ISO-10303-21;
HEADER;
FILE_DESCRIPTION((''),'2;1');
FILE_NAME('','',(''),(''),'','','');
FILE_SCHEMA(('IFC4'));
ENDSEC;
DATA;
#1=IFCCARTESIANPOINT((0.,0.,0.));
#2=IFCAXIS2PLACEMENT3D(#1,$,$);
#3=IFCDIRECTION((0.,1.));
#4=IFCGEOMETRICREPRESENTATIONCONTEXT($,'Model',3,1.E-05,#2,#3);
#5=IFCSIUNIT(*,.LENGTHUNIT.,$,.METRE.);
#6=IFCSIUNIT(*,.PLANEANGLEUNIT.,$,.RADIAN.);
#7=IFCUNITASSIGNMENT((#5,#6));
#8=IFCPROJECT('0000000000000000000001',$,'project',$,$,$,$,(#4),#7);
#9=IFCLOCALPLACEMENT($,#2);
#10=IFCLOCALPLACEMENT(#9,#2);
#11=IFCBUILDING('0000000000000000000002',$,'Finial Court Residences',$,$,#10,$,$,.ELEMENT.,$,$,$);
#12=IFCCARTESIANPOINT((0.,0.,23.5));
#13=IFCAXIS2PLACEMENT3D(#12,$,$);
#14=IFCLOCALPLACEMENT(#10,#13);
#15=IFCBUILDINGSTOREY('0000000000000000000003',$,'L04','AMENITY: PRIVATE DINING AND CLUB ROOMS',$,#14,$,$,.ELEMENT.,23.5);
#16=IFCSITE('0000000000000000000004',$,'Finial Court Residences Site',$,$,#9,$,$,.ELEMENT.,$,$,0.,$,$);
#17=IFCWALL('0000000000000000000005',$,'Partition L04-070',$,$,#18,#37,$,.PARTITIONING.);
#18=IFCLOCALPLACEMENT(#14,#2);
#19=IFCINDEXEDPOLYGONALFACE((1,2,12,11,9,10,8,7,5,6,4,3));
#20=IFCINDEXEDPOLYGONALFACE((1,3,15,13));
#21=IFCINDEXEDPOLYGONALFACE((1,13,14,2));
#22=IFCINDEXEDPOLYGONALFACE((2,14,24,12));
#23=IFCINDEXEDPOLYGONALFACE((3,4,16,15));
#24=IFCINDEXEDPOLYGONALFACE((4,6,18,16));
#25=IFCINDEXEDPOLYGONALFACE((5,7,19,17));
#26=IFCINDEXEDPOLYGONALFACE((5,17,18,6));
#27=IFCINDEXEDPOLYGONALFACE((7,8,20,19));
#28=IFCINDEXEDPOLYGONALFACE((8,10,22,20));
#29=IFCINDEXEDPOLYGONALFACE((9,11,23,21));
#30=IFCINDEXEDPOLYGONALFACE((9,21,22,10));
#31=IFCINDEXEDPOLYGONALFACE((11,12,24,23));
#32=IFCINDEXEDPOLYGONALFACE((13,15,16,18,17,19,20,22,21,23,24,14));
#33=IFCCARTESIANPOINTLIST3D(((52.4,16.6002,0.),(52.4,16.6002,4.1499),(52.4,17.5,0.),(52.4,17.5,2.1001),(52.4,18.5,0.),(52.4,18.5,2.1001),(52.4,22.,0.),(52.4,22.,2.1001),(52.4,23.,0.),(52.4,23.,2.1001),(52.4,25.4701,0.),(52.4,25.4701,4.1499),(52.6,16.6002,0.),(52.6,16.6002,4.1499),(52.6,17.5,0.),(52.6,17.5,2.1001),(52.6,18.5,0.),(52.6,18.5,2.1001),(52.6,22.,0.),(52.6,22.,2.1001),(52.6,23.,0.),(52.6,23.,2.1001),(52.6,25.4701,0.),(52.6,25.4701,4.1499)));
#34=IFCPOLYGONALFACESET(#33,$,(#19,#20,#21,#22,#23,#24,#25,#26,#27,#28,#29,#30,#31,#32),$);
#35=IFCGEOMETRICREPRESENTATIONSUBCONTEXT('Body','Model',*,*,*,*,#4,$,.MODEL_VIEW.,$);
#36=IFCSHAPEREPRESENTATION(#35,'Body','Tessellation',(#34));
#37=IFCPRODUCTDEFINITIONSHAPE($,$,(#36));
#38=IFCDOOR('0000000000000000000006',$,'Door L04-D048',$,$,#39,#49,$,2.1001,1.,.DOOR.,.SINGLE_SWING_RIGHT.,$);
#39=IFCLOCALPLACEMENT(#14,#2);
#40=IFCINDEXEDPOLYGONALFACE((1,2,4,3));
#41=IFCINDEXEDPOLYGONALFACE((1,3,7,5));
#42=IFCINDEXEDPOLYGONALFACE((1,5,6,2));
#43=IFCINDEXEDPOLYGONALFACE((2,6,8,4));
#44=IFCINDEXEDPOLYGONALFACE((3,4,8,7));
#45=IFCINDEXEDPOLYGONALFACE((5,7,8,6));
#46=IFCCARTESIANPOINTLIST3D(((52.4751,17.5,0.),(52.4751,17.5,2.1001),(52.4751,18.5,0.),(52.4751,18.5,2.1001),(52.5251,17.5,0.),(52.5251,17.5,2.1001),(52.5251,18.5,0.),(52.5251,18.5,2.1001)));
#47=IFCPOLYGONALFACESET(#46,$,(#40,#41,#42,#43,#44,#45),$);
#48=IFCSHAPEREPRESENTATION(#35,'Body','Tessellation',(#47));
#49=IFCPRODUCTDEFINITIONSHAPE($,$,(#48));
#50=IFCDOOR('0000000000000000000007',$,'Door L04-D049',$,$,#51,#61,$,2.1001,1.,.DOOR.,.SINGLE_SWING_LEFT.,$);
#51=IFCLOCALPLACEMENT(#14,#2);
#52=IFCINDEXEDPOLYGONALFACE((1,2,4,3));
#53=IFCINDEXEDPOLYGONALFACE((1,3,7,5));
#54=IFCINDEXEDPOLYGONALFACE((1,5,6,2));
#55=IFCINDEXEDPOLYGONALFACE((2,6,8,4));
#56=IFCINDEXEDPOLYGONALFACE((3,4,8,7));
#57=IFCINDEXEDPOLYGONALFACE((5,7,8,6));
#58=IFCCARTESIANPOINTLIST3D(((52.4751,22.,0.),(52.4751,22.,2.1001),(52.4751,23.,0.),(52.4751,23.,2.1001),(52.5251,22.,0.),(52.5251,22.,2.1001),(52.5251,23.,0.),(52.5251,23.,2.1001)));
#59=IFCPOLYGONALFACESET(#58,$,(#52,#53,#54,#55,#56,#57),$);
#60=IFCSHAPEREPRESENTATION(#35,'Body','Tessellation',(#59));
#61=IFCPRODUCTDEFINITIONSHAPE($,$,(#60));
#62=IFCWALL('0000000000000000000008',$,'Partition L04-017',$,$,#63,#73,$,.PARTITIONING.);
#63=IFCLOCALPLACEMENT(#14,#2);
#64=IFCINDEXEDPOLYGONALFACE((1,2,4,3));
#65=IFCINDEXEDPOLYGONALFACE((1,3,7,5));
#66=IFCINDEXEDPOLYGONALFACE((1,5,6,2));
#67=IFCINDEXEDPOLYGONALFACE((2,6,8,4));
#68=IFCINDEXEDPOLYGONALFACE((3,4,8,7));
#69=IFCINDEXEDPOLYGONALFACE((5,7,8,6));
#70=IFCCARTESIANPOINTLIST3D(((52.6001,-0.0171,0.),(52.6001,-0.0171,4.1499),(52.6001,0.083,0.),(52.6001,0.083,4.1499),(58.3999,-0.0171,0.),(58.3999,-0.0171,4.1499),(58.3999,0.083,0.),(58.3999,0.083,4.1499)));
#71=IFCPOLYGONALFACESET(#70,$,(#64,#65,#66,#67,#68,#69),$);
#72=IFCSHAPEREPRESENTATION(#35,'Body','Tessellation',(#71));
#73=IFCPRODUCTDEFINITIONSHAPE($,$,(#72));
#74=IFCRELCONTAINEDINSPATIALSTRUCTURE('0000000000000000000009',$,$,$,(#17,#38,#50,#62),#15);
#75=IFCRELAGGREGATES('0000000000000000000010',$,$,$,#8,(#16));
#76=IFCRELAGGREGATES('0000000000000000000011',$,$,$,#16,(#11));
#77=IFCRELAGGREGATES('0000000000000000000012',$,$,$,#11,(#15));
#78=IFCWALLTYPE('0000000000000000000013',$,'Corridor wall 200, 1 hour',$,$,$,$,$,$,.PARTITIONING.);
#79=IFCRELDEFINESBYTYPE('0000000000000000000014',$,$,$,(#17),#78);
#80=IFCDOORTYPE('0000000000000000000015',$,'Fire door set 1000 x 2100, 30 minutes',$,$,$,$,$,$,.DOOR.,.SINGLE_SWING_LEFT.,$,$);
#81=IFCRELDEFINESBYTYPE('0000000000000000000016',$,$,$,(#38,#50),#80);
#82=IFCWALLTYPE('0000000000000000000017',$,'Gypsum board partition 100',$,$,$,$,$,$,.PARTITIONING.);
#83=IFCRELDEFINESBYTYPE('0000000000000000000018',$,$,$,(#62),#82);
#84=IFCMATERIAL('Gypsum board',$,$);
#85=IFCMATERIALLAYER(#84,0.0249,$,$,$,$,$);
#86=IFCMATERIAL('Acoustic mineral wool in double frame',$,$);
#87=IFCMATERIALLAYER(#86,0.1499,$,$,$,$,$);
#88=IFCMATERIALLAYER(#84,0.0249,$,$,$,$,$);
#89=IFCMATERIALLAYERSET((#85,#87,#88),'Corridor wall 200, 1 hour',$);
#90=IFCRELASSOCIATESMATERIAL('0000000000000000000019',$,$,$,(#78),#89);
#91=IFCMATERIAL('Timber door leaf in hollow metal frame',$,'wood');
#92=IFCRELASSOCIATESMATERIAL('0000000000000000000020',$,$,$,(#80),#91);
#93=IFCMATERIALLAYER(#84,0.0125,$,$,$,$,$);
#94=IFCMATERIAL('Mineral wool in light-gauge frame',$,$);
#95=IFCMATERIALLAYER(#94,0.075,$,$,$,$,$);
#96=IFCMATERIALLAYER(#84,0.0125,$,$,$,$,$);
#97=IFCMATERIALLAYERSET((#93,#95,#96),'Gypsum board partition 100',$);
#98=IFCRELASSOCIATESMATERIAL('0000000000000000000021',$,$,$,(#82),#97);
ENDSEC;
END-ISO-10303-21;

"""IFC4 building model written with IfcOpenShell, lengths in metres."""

from ifc_helpers import new_model, si_unit, direction, frame, frame_2d, origin, place, context, subcontext, project, spatial, rectangle, extrude, material, layer, layer_set, type_object, element, fill, save


model = new_model("IFC4")

# Units and contexts
model_context = context("Model", 3, precision=1e-05, world=origin(), true_north=direction((0.0, 1.0)))
body_context = subcontext(model_context, "Body", "Model", "MODEL_VIEW")
ifc_project = project(units=[si_unit("LENGTHUNIT", "METRE"), si_unit("PLANEANGLEUNIT", "RADIAN")], contexts=[model_context])

# Site, building, storey
site_placement = place(None, origin())
site = spatial("IfcSite", under=ifc_project, at=site_placement, Name="Finial Court Residences Site", CompositionType="ELEMENT", RefElevation=0.0)
building_placement = place(site_placement, origin())
building = spatial("IfcBuilding", under=site, at=building_placement, Name="Finial Court Residences", CompositionType="ELEMENT")
storey_placement = place(building_placement, frame((0.0, 0.0, 23.5)))
storey = spatial("IfcBuildingStorey", under=building, at=storey_placement, Name="L04", Description="AMENITY: PRIVATE DINING AND CLUB ROOMS", CompositionType="ELEMENT", Elevation=23.5)

# Shared definitions
ifc_material_1 = material(Name="Gypsum board")
ifc_layer_1 = layer(ifc_material_1, 0.0249)
ifc_material_2 = material(Name="Acoustic mineral wool in double frame")
ifc_layer_2 = layer(ifc_material_2, 0.1499)
ifc_layer_3 = layer(ifc_material_1, 0.0249)
ifc_layer_set_1 = layer_set([ifc_layer_1, ifc_layer_2, ifc_layer_3], Name="Corridor wall 200, 1 hour")
wall_type_1 = type_object("IfcWallType", Name="Corridor wall 200, 1 hour", PredefinedType="PARTITIONING", material=ifc_layer_set_1)

# Wall, openings, doors
wall_1_placement = place(storey_placement, frame((52.5, 16.6001, 0.0), z_axis=(0.0, 0.0, 1.0), x_axis=(0.0, 1.0, 0.0)))
wall_1 = element("IfcWall", 1, at=wall_1_placement, inside=storey, type_object=wall_type_1, Name="Partition L04-070", PredefinedType="PARTITIONING", context=body_context, shape_type="SweptSolid", body=[
    extrude(rectangle(XDim=8.8699, YDim=0.2, at=frame_2d((4.4351, 0.0))), origin(), (0.0, 0.0, 1.0), 4.1499),
])
opening_1_placement = place(wall_1_placement, frame((0.8999, 0.0, 0.0)))
opening_1 = element("IfcOpeningElement", 2, at=opening_1_placement, cuts=wall_1, PredefinedType="OPENING", context=body_context, shape_type="SweptSolid", body=[
    extrude(rectangle(XDim=1.0, YDim=2.1001, at=frame_2d((0.5, 1.05))), frame((0.0, 0.1099, 0.0), z_axis=(0.0, -1.0, 0.0), x_axis=(1.0, 0.0, 0.0)), (0.0, 0.0, 1.0), 0.22),
])
opening_2_placement = place(wall_1_placement, frame((5.3999, 0.0, 0.0)))
opening_2 = element("IfcOpeningElement", 3, at=opening_2_placement, cuts=wall_1, PredefinedType="OPENING", context=body_context, shape_type="SweptSolid", body=[
    extrude(rectangle(XDim=1.0, YDim=2.1001, at=frame_2d((0.5, 1.05))), frame((0.0, 0.1099, 0.0), z_axis=(0.0, -1.0, 0.0), x_axis=(1.0, 0.0, 0.0)), (0.0, 0.0, 1.0), 0.22),
])
ifc_material_3 = material(Name="Timber door leaf in hollow metal frame", Category="wood")
door_type = type_object("IfcDoorType", Name="Fire door set 1000 x 2100, 30 minutes", OperationType="SINGLE_SWING_LEFT", PredefinedType="DOOR", material=ifc_material_3)
door_1_placement = place(opening_1_placement, origin())
door_1 = element("IfcDoor", 4, at=door_1_placement, inside=storey, type_object=door_type, Name="Door L04-D048", OperationType="SINGLE_SWING_RIGHT", OverallHeight=2.1001, OverallWidth=1.0, PredefinedType="DOOR", context=body_context, shape_type="SweptSolid", body=[
    extrude(rectangle(XDim=1.0, YDim=2.1001, at=frame_2d((0.5, 1.05))), frame((0.0, 0.0249, 0.0), z_axis=(0.0, -1.0, 0.0), x_axis=(1.0, 0.0, 0.0)), (0.0, 0.0, 1.0), 0.05),
])
fill(opening_1, door_1)
door_2_placement = place(opening_2_placement, origin())
door_2 = element("IfcDoor", 5, at=door_2_placement, inside=storey, type_object=door_type, Name="Door L04-D049", OperationType="SINGLE_SWING_LEFT", OverallHeight=2.1001, OverallWidth=1.0, PredefinedType="DOOR", context=body_context, shape_type="SweptSolid", body=[
    extrude(rectangle(XDim=1.0, YDim=2.1001, at=frame_2d((0.5, 1.05))), frame((0.0, 0.0249, 0.0), z_axis=(0.0, -1.0, 0.0), x_axis=(1.0, 0.0, 0.0)), (0.0, 0.0, 1.0), 0.05),
])
fill(opening_2, door_2)

# Wall
ifc_layer_4 = layer(ifc_material_1, 0.0125)
ifc_material_4 = material(Name="Mineral wool in light-gauge frame")
ifc_layer_5 = layer(ifc_material_4, 0.075)
ifc_layer_6 = layer(ifc_material_1, 0.0125)
ifc_layer_set_2 = layer_set([ifc_layer_4, ifc_layer_5, ifc_layer_6], Name="Gypsum board partition 100")
wall_type_2 = type_object("IfcWallType", Name="Gypsum board partition 100", PredefinedType="PARTITIONING", material=ifc_layer_set_2)
wall_2_placement = place(storey_placement, frame((52.6001, 0.033, 0.0), z_axis=(0.0, 0.0, 1.0), x_axis=(1.0, 0.0, 0.0)))
element("IfcWall", 6, at=wall_2_placement, inside=storey, type_object=wall_type_2, Name="Partition L04-017", PredefinedType="PARTITIONING", context=body_context, shape_type="SweptSolid", body=[
    extrude(rectangle(XDim=5.7998, YDim=0.1001, at=frame_2d((2.8999, 0.0))), origin(), (0.0, 0.0, 1.0), 4.1499),
])

save(model, "model.ifc")
